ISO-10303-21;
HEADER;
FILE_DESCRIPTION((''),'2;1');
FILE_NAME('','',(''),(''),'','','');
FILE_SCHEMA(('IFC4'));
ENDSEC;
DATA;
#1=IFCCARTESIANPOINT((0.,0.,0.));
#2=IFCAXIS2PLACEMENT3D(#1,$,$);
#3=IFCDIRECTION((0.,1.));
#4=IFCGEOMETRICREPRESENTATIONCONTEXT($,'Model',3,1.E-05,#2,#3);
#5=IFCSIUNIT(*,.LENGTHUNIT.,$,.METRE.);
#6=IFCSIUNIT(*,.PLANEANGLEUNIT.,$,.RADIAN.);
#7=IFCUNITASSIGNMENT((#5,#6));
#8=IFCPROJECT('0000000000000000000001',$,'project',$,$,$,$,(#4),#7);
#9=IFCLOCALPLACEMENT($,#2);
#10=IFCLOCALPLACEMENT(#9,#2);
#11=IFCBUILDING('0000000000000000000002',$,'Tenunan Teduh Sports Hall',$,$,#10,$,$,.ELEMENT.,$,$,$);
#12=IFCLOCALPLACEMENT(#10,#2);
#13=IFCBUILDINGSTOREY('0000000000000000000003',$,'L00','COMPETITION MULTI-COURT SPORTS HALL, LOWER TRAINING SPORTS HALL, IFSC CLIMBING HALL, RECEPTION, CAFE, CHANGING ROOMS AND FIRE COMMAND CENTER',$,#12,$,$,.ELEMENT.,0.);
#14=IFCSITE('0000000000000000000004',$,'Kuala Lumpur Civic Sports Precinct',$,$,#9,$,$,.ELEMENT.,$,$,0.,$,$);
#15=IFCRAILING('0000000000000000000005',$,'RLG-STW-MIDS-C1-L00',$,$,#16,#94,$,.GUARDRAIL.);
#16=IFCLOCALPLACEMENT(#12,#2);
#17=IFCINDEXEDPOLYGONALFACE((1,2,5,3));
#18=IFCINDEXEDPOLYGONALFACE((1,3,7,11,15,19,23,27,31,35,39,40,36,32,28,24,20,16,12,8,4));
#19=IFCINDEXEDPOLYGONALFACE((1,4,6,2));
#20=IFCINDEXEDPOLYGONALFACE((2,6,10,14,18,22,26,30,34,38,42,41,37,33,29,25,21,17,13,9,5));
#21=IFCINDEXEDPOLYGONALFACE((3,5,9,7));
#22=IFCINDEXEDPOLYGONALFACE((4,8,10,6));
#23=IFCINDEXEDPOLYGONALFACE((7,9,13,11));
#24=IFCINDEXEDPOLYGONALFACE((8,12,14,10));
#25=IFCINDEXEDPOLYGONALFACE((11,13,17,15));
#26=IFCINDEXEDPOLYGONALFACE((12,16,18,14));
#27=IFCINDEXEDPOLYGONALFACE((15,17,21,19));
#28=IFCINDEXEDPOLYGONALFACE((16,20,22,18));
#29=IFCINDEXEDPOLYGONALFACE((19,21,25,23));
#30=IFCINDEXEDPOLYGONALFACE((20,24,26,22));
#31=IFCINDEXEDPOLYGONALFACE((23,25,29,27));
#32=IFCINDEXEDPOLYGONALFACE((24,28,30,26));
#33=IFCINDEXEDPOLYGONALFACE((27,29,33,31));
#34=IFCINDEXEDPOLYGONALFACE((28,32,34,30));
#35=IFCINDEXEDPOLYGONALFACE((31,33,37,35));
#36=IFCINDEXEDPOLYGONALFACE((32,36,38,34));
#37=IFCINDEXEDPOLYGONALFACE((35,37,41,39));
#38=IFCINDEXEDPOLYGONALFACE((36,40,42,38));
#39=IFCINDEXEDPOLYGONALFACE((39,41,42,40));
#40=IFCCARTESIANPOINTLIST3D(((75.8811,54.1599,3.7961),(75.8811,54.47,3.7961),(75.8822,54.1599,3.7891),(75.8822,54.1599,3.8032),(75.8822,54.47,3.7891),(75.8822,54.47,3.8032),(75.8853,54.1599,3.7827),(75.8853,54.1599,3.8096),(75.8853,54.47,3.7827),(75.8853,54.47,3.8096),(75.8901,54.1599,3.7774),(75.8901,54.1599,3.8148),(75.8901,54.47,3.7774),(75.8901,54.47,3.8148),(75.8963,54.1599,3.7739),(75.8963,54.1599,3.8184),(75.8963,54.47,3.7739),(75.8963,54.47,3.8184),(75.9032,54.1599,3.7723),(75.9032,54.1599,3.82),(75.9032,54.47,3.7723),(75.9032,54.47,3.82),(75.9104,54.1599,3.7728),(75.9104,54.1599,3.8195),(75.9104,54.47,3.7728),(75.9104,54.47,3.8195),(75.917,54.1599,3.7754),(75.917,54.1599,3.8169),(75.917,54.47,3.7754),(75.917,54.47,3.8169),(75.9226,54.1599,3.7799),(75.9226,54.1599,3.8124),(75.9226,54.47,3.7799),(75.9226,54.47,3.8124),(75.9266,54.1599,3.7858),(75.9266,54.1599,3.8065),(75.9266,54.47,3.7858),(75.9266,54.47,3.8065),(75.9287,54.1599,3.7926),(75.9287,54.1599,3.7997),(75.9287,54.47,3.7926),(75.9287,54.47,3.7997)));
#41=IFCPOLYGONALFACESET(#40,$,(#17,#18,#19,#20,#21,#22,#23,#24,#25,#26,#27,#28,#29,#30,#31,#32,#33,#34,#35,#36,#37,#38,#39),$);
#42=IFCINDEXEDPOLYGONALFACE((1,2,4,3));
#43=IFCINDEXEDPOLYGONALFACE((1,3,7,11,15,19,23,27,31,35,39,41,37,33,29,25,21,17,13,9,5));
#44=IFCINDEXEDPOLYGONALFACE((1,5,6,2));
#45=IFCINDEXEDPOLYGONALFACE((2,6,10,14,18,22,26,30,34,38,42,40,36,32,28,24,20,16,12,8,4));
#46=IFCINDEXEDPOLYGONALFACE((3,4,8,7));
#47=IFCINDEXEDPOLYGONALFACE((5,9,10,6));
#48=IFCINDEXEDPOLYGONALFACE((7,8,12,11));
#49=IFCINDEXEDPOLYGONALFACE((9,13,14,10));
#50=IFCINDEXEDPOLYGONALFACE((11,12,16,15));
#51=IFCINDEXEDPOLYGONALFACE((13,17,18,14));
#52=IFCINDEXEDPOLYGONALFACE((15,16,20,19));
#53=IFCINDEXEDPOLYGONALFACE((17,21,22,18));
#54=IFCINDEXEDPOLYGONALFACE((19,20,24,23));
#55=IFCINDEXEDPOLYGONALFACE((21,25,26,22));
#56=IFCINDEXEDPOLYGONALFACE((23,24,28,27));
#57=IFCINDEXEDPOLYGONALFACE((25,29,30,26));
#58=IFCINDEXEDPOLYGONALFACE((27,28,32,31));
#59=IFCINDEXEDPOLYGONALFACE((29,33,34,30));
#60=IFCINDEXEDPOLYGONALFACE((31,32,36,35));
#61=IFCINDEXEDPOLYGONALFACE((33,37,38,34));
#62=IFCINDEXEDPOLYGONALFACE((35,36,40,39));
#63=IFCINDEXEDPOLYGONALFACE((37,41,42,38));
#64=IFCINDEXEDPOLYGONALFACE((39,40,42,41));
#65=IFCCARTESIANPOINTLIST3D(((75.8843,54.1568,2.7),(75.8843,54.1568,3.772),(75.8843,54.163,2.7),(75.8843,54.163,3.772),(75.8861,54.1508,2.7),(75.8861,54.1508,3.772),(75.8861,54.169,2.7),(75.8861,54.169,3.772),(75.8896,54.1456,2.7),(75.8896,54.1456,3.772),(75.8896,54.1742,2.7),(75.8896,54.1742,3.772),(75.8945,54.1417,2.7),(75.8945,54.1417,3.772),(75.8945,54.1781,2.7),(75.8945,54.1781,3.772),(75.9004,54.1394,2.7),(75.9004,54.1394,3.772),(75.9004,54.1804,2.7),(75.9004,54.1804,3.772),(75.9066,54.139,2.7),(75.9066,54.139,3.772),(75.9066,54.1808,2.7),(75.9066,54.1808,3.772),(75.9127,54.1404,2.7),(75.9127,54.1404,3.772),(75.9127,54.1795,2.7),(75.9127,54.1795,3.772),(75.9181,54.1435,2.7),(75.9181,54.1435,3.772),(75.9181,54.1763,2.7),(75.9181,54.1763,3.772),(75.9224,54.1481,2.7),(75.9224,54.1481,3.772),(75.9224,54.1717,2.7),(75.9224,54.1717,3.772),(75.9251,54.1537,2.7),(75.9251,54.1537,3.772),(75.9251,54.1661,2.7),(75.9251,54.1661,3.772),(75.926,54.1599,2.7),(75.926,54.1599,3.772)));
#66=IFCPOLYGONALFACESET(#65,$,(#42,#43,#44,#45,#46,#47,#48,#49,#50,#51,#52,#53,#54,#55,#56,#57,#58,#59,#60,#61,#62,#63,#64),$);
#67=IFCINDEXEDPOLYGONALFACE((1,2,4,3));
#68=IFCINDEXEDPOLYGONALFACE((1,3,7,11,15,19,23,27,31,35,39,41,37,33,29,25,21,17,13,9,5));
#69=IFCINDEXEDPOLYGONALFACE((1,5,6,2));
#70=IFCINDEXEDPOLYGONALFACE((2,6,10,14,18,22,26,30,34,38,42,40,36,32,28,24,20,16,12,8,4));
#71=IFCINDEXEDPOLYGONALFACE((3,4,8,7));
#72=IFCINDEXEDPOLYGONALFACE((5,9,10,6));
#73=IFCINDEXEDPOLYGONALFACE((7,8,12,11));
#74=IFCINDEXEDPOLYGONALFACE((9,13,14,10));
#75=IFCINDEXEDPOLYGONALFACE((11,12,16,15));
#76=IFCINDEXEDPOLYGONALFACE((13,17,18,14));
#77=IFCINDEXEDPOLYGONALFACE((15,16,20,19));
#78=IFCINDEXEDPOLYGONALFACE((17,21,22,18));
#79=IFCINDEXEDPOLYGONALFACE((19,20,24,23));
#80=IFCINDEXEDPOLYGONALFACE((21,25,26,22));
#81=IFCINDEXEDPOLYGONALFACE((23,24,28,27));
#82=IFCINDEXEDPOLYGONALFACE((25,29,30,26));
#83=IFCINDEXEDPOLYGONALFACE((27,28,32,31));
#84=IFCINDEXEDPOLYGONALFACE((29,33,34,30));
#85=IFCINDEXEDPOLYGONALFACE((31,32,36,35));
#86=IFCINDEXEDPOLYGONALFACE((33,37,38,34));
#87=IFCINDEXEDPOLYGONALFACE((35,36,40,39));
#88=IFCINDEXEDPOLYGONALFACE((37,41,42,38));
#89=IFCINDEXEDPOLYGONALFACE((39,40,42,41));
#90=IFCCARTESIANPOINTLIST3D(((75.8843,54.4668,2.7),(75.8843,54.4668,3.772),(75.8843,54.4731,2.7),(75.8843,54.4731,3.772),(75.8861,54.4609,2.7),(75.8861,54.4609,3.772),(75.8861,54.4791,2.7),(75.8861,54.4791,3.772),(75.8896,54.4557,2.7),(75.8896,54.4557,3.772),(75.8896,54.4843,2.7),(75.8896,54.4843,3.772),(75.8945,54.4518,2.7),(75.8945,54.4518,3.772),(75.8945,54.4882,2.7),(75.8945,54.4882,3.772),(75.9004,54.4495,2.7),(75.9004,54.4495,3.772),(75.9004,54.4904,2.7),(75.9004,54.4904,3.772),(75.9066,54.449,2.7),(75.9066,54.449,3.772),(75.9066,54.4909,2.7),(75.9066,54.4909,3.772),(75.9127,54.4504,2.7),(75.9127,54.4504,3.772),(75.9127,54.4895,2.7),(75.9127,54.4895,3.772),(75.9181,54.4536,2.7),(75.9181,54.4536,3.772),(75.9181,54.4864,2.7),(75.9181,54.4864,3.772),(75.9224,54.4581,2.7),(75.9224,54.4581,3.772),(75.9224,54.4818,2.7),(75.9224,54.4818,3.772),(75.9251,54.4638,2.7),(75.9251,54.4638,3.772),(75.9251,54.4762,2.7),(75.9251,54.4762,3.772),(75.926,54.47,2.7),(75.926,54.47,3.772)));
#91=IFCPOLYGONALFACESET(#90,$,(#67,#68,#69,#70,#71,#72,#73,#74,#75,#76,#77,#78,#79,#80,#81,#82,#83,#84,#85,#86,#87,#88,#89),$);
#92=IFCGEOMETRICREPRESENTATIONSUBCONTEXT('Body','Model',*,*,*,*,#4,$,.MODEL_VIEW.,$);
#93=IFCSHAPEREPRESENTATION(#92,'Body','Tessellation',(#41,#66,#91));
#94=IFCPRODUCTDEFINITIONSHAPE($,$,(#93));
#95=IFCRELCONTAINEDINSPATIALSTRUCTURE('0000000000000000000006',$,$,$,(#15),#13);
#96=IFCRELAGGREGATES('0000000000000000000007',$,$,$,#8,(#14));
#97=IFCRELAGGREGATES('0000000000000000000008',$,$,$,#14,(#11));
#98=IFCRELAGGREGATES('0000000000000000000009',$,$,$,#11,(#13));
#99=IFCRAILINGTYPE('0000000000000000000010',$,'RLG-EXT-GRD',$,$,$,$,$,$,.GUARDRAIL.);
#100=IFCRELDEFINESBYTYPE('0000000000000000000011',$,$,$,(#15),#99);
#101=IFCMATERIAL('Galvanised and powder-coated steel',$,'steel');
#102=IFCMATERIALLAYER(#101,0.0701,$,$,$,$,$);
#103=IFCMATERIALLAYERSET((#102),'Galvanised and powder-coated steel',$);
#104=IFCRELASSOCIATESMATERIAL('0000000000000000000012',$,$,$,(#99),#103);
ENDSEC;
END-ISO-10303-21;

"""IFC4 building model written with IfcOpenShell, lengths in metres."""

from ifc_helpers import new_model, si_unit, direction, frame, origin, origin_2d, place, context, subcontext, project, spatial, circle, extrude, material, layer, layer_set, type_object, element, save


model = new_model("IFC4")

# Units and contexts
model_context = context("Model", 3, precision=1e-05, world=origin(), true_north=direction((0.0, 1.0)))
body_context = subcontext(model_context, "Body", "Model", "MODEL_VIEW")
ifc_project = project(units=[si_unit("LENGTHUNIT", "METRE"), si_unit("PLANEANGLEUNIT", "RADIAN")], contexts=[model_context])

# Site, building, storey
site_placement = place(None, origin())
site = spatial("IfcSite", under=ifc_project, at=site_placement, Name="Kuala Lumpur Civic Sports Precinct", CompositionType="ELEMENT", RefElevation=0.0)
building_placement = place(site_placement, origin())
building = spatial("IfcBuilding", under=site, at=building_placement, Name="Tenunan Teduh Sports Hall", CompositionType="ELEMENT")
storey_placement = place(building_placement, origin())
storey = spatial("IfcBuildingStorey", under=building, at=storey_placement, Name="L00", Description="COMPETITION MULTI-COURT SPORTS HALL, LOWER TRAINING SPORTS HALL, IFSC CLIMBING HALL, RECEPTION, CAFE, CHANGING ROOMS AND FIRE COMMAND CENTER", CompositionType="ELEMENT", Elevation=0.0)

# Railing
ifc_material_1 = material(Name="Galvanised and powder-coated steel", Category="steel")
ifc_layer_1 = layer(ifc_material_1, 0.0701)
ifc_layer_set_1 = layer_set([ifc_layer_1], Name="Galvanised and powder-coated steel")
railing_type = type_object("IfcRailingType", Name="RLG-EXT-GRD", PredefinedType="GUARDRAIL", material=ifc_layer_set_1)
railing_placement = place(storey_placement, frame((75.905, 54.1599, 2.7)))
element("IfcRailing", 1, at=railing_placement, inside=storey, type_object=railing_type, Name="RLG-STW-MIDS-C1-L00", PredefinedType="GUARDRAIL", context=body_context, shape_type="SweptSolid", body=[
    extrude(circle(Radius=0.0239, at=origin_2d()), frame((0.0, 0.0, 1.0962), z_axis=(0.0, 1.0, 0.0), x_axis=(-1.0, 0.0, 0.0)), (0.0, 0.0, 1.0), 0.3101),
    extrude(circle(Radius=0.021, at=origin_2d()), origin(), (0.0, 0.0, 1.0), 1.072),
    extrude(circle(Radius=0.021, at=origin_2d()), frame((0.0, 0.3101, 0.0)), (0.0, 0.0, 1.0), 1.072),
])

save(model, "model.ifc")
